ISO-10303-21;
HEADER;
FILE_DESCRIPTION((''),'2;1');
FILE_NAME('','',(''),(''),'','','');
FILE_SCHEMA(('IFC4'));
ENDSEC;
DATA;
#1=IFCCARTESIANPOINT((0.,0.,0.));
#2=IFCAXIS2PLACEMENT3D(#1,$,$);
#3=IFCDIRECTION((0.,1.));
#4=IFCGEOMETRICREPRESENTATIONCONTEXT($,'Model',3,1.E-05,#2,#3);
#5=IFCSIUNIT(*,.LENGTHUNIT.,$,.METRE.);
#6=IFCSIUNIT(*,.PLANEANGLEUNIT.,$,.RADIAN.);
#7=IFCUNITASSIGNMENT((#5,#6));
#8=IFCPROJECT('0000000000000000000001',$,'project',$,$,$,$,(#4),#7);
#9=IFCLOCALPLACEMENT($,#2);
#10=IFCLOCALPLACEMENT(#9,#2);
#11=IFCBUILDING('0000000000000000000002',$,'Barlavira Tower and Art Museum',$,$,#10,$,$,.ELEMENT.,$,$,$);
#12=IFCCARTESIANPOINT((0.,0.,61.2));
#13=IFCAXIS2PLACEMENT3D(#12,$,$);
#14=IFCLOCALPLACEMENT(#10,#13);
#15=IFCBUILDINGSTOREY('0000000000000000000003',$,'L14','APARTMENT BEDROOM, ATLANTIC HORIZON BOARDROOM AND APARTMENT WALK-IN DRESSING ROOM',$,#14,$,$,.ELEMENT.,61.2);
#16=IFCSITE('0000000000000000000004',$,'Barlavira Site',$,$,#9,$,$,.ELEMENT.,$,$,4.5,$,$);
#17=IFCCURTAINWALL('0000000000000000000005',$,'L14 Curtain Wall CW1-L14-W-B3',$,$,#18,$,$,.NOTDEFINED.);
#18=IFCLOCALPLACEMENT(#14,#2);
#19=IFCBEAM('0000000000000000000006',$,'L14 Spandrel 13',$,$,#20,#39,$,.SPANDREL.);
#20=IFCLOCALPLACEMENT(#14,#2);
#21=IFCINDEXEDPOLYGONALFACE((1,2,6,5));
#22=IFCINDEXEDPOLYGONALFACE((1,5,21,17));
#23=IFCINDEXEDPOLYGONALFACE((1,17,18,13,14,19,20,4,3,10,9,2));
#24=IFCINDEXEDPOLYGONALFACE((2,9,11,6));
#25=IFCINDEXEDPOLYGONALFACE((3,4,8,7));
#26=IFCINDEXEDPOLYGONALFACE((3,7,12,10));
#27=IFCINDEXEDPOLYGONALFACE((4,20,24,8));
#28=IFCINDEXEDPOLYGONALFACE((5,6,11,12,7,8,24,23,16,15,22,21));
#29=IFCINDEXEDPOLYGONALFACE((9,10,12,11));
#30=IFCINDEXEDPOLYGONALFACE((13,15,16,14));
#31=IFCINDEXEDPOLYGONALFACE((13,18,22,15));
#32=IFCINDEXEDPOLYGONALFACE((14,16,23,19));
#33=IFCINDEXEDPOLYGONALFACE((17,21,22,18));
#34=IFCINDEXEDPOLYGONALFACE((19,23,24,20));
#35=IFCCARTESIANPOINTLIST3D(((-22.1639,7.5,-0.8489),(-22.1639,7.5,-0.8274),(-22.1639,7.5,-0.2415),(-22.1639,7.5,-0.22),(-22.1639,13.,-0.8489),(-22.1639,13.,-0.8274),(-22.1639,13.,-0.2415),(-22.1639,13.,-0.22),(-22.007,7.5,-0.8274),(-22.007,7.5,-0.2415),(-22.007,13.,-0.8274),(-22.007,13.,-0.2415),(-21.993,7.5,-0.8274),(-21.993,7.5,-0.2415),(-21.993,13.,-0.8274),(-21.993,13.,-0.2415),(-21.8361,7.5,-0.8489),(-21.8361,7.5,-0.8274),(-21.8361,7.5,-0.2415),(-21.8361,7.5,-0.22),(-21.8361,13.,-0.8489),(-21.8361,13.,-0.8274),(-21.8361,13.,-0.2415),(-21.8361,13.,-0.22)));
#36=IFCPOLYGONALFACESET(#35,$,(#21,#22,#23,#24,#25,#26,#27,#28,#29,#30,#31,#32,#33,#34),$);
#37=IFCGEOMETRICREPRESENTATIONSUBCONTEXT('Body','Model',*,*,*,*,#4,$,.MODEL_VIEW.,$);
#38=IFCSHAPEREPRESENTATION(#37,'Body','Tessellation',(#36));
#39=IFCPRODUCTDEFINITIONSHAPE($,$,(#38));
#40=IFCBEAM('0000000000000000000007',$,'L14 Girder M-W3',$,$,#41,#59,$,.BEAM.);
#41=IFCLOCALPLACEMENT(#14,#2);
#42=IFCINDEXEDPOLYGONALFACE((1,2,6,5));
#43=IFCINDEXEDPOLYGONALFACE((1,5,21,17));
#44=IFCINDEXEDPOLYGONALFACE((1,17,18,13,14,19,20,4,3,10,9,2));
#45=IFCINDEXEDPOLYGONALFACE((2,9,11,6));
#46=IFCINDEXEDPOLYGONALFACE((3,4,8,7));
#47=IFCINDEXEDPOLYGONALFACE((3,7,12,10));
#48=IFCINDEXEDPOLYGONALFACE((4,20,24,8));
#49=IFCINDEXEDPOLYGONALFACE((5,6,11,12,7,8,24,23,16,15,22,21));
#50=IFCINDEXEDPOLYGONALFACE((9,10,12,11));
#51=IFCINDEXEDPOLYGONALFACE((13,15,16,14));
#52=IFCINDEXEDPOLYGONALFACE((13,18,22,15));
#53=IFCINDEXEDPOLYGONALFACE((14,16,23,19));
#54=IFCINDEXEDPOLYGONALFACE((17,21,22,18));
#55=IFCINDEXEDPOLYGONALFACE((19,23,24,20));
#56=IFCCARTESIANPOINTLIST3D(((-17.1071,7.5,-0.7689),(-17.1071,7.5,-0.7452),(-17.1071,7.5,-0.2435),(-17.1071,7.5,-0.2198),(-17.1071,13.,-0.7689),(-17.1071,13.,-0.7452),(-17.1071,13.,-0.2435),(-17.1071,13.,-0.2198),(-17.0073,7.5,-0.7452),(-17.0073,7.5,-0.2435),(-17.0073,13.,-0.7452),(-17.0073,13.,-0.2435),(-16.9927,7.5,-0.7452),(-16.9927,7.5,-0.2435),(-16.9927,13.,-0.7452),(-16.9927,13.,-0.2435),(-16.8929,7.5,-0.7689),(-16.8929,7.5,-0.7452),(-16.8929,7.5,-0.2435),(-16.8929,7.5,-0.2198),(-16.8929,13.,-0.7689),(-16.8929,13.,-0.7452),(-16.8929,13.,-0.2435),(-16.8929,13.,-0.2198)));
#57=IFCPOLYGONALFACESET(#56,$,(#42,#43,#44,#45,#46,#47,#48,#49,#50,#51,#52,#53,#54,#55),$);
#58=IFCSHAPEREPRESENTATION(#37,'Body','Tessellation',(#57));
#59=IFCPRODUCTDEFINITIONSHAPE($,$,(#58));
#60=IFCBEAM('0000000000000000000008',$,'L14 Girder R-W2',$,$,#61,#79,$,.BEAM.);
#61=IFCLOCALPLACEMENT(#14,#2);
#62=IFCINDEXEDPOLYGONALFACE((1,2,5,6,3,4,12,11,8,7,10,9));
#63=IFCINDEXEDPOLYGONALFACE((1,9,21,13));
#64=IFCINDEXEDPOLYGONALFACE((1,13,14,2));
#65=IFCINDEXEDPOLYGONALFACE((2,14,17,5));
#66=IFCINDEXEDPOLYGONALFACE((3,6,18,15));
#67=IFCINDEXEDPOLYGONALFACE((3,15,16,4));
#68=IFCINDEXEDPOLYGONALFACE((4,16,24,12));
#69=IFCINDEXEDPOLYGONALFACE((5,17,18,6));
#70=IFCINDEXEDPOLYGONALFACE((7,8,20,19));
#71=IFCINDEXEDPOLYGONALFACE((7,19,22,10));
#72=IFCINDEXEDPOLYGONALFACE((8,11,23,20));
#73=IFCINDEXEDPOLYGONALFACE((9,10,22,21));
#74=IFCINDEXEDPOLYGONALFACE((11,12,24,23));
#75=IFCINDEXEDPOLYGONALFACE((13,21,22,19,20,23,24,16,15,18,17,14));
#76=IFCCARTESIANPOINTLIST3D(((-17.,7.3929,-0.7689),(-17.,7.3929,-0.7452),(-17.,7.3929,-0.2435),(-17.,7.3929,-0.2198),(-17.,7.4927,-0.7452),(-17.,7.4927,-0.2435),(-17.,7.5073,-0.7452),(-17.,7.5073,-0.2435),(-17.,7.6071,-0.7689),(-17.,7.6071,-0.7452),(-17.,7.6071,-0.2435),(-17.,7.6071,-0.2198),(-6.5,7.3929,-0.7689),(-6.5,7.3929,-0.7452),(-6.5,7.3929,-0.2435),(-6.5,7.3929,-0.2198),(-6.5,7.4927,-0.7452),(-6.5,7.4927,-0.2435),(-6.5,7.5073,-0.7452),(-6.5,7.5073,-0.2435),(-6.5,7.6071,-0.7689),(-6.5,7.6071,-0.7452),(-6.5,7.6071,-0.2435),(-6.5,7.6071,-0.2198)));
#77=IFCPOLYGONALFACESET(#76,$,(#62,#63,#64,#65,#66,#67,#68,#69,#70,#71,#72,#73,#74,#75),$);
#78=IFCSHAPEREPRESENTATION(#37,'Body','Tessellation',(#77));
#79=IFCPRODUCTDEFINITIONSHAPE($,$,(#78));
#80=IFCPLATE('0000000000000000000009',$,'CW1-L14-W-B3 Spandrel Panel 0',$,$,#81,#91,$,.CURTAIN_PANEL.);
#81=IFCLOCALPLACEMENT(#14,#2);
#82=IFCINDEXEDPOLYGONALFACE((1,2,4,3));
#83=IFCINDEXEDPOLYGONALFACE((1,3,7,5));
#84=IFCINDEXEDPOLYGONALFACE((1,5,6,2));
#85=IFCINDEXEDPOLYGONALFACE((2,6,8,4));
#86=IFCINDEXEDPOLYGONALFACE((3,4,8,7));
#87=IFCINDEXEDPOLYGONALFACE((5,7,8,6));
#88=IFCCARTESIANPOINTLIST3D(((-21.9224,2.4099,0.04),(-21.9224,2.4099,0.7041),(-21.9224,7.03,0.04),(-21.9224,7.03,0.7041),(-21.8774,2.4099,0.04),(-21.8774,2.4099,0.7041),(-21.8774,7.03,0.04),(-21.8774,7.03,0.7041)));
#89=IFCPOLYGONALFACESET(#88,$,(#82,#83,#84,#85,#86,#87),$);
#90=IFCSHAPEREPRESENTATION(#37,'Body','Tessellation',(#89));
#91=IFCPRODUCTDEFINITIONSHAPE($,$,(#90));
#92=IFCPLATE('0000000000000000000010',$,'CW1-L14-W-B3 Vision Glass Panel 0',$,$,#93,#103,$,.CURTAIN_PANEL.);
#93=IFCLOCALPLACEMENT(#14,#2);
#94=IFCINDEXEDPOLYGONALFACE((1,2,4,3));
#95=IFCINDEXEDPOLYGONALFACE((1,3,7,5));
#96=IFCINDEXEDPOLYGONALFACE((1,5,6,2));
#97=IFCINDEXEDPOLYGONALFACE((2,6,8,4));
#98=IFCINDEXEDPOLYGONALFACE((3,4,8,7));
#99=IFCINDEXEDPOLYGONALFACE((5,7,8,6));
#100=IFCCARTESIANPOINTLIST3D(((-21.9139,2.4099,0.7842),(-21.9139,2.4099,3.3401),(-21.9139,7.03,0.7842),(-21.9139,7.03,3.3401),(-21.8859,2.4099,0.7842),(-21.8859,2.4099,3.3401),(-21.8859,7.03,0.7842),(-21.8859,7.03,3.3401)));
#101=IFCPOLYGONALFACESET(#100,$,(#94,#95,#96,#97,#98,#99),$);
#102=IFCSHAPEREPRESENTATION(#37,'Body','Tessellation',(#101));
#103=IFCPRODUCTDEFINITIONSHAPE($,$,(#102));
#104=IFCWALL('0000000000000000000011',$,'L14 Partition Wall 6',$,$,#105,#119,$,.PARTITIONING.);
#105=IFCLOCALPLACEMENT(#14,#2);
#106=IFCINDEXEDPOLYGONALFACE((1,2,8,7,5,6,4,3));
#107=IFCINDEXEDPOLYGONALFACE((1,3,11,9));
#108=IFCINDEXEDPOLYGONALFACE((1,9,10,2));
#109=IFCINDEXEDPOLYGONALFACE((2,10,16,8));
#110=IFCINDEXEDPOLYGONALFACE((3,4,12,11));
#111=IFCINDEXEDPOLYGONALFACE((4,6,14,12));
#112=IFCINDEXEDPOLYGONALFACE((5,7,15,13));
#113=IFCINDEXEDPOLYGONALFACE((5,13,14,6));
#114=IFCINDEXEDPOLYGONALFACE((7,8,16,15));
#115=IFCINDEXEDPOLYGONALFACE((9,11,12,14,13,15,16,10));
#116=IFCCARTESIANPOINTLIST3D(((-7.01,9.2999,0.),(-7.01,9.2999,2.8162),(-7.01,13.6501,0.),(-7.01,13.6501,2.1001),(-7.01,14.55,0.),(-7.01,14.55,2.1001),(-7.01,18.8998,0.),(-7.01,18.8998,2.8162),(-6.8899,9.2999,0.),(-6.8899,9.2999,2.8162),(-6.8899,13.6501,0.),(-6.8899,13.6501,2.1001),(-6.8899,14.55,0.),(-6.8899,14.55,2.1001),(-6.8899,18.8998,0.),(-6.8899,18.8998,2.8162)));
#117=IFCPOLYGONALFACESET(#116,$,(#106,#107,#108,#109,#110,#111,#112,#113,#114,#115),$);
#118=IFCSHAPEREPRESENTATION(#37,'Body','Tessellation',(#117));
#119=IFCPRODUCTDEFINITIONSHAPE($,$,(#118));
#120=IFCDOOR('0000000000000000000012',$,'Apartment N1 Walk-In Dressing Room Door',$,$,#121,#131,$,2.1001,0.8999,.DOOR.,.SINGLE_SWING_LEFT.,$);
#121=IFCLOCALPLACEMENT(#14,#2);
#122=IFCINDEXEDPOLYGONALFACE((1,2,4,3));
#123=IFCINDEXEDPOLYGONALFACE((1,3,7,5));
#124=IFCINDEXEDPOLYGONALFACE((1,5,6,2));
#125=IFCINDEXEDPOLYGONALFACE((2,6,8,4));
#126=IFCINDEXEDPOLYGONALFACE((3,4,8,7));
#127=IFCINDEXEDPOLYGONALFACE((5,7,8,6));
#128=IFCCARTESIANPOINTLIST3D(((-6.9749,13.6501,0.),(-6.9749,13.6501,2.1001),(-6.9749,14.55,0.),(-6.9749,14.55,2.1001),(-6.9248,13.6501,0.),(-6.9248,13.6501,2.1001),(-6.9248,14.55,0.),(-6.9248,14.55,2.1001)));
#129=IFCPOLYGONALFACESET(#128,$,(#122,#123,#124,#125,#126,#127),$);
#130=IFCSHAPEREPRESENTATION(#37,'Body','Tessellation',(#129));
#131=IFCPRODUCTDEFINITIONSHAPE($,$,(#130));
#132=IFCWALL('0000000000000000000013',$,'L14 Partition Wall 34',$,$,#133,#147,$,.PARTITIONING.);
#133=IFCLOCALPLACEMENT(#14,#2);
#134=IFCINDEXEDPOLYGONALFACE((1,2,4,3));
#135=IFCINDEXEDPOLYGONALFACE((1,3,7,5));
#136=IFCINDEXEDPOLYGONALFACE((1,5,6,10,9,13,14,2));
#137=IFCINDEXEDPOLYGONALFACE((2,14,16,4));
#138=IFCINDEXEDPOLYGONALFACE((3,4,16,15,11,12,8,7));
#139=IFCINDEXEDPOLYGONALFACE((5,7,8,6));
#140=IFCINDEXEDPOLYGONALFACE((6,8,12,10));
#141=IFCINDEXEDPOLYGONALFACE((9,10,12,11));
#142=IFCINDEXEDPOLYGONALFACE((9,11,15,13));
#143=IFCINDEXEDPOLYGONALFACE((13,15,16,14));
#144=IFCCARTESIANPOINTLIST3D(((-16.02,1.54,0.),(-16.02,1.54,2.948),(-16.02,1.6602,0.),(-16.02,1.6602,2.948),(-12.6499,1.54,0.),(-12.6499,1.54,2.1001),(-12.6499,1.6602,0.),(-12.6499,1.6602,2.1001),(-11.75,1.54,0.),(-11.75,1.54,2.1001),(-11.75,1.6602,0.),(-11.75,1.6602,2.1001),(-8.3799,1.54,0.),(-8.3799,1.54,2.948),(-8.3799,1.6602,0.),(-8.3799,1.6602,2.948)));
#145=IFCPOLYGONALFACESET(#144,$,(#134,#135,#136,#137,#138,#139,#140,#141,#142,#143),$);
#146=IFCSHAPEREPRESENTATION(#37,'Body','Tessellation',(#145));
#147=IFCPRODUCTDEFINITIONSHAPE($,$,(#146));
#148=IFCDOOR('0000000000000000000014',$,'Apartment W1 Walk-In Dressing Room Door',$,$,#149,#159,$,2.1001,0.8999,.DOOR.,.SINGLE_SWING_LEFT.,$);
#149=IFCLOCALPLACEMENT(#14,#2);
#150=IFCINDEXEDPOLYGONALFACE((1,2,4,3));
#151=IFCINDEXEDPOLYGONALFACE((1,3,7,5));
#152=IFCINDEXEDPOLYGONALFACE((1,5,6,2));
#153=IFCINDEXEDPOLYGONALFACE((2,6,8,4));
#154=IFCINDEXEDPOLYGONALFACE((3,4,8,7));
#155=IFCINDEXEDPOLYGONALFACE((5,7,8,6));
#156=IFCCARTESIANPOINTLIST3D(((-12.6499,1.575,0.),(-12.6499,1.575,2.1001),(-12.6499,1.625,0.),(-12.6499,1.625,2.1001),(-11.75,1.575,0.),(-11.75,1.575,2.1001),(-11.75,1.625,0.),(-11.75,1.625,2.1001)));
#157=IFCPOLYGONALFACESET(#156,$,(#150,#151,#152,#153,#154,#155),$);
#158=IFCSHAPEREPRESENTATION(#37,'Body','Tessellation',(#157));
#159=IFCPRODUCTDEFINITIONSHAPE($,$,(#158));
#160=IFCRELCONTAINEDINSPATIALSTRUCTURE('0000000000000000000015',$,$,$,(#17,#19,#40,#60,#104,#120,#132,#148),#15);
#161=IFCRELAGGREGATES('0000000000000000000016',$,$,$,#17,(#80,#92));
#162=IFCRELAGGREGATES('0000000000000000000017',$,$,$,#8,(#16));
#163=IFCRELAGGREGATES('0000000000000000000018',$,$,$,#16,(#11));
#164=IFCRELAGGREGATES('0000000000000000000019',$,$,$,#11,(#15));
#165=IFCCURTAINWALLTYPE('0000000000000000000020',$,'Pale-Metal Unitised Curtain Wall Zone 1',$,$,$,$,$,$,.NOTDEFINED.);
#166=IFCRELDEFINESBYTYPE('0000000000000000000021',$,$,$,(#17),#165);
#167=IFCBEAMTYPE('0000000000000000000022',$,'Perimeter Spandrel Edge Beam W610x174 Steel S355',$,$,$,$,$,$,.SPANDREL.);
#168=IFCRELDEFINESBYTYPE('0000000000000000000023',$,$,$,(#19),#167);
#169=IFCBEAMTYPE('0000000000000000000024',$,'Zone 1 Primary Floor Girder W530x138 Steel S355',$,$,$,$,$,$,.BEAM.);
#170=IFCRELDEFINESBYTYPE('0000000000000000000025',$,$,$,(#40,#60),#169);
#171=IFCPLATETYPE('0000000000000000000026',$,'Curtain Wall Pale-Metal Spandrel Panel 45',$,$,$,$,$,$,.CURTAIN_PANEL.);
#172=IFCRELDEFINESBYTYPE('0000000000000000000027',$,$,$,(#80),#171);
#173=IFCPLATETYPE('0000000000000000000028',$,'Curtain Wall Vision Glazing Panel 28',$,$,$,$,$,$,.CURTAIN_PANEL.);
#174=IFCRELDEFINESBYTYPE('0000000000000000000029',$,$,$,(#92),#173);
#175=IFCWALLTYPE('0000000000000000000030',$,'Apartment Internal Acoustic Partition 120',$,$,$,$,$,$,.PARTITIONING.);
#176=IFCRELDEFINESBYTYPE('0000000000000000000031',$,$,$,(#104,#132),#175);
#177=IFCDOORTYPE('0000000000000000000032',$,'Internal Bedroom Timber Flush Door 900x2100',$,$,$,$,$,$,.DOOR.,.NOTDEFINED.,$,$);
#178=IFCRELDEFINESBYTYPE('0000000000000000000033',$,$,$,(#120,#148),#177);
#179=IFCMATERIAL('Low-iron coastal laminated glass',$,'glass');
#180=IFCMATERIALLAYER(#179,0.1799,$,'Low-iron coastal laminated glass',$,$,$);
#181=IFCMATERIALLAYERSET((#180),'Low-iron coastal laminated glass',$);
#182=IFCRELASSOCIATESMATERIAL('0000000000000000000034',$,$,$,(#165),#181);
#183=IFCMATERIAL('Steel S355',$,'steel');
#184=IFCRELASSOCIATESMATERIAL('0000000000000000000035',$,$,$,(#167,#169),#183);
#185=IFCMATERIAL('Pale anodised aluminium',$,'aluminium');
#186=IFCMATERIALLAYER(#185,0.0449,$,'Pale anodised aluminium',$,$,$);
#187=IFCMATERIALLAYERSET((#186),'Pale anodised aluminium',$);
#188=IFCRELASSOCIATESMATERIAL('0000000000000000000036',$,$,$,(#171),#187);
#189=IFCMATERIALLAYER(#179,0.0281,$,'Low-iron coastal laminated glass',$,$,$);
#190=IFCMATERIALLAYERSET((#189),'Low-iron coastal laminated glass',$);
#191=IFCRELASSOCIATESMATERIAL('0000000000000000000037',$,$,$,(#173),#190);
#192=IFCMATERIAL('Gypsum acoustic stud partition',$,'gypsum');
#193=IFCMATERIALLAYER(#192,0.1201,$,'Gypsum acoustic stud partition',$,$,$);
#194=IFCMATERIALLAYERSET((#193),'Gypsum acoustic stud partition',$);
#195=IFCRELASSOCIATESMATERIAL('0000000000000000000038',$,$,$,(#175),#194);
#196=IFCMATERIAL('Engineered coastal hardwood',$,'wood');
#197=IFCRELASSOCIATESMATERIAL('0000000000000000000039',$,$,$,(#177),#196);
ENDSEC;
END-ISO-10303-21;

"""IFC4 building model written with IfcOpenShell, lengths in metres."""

from ifc_helpers import new_model, si_unit, direction, frame, frame_2d, origin, origin_2d, place, context, subcontext, project, spatial, rectangle, i_section, extrude, material, layer, layer_set, material_profile, profile_set, type_object, element, fill, aggregate, save


model = new_model("IFC4")

# Units and contexts
model_context = context("Model", 3, precision=1e-05, world=origin(), true_north=direction((0.0, 1.0)))
body_context = subcontext(model_context, "Body", "Model", "MODEL_VIEW")
ifc_project = project(units=[si_unit("LENGTHUNIT", "METRE"), si_unit("PLANEANGLEUNIT", "RADIAN")], contexts=[model_context])

# Site, building, storey
site_placement = place(None, origin())
site = spatial("IfcSite", under=ifc_project, at=site_placement, Name="Barlavira Site", CompositionType="ELEMENT", RefElevation=4.5)
building_placement = place(site_placement, origin())
building = spatial("IfcBuilding", under=site, at=building_placement, Name="Barlavira Tower and Art Museum", CompositionType="ELEMENT")
storey_placement = place(building_placement, frame((0.0, 0.0, 61.2)))
storey = spatial("IfcBuildingStorey", under=building, at=storey_placement, Name="L14", Description="APARTMENT BEDROOM, ATLANTIC HORIZON BOARDROOM AND APARTMENT WALK-IN DRESSING ROOM", CompositionType="ELEMENT", Elevation=61.2)

# Curtain wall
ifc_material_1 = material(Name="Low-iron coastal laminated glass", Category="glass")
ifc_layer_1 = layer(ifc_material_1, 0.1799, Name="Low-iron coastal laminated glass")
ifc_layer_set_1 = layer_set([ifc_layer_1], Name="Low-iron coastal laminated glass")
curtain_wall_type = type_object("IfcCurtainWallType", Name="Pale-Metal Unitised Curtain Wall Zone 1", PredefinedType="NOTDEFINED", material=ifc_layer_set_1)
curtain_wall_placement = place(storey_placement, origin())
curtain_wall = element("IfcCurtainWall", 1, at=curtain_wall_placement, inside=storey, type_object=curtain_wall_type, Name="L14 Curtain Wall CW1-L14-W-B3", PredefinedType="NOTDEFINED")
ifc_material_2 = material(Name="Pale anodised aluminium", Category="aluminium")

# Beams
ifc_material_3 = material(Name="Steel S355", Category="steel")
ifc_material_profile_1 = material_profile(ifc_material_3, i_section(OverallWidth=0.3279, OverallDepth=0.6289, WebThickness=0.0139, FlangeThickness=0.0215, at=origin_2d()), Name="W610x174.0")
ifc_profile_set_1 = profile_set([ifc_material_profile_1], Name="Steel S355")
beam_type_1 = type_object("IfcBeamType", Name="Perimeter Spandrel Edge Beam W610x174 Steel S355", PredefinedType="SPANDREL", material=ifc_profile_set_1)
beam_1_placement = place(storey_placement, frame((-22.0, 7.5, -0.5344), z_axis=(0.0, 1.0, 0.0), x_axis=(-1.0, 0.0, 0.0)))
element("IfcBeam", 2, at=beam_1_placement, inside=storey, type_object=beam_type_1, Name="L14 Spandrel 13", PredefinedType="SPANDREL", context=body_context, shape_type="SweptSolid", body=[
    extrude(i_section(OverallWidth=0.3279, OverallDepth=0.6289, WebThickness=0.0139, FlangeThickness=0.0215, at=origin_2d()), origin(), (0.0, 0.0, 1.0), 5.5),
])
ifc_material_profile_2 = material_profile(ifc_material_3, i_section(OverallWidth=0.2141, OverallDepth=0.5491, WebThickness=0.0146, FlangeThickness=0.0237, at=origin_2d()), Name="W530x138.0")
ifc_profile_set_2 = profile_set([ifc_material_profile_2], Name="Steel S355")
beam_type_2 = type_object("IfcBeamType", Name="Zone 1 Primary Floor Girder W530x138 Steel S355", PredefinedType="BEAM", material=ifc_profile_set_2)
beam_2_placement = place(storey_placement, frame((-17.0, 7.5, -0.4944), z_axis=(0.0, 1.0, 0.0), x_axis=(-1.0, 0.0, 0.0)))
element("IfcBeam", 3, at=beam_2_placement, inside=storey, type_object=beam_type_2, Name="L14 Girder M-W3", PredefinedType="BEAM", context=body_context, shape_type="SweptSolid", body=[
    extrude(i_section(OverallWidth=0.2141, OverallDepth=0.5491, WebThickness=0.0146, FlangeThickness=0.0237, at=origin_2d()), origin(), (0.0, 0.0, 1.0), 5.5),
])
beam_3_placement = place(storey_placement, frame((-17.0, 7.5, -0.4944), z_axis=(1.0, 0.0, 0.0), x_axis=(0.0, 1.0, 0.0)))
element("IfcBeam", 4, at=beam_3_placement, inside=storey, type_object=beam_type_2, Name="L14 Girder R-W2", PredefinedType="BEAM", context=body_context, shape_type="SweptSolid", body=[
    extrude(i_section(OverallWidth=0.2141, OverallDepth=0.5491, WebThickness=0.0146, FlangeThickness=0.0237, at=origin_2d()), origin(), (0.0, 0.0, 1.0), 10.5),
])

# Plates
ifc_layer_2 = layer(ifc_material_2, 0.0449, Name="Pale anodised aluminium")
ifc_layer_set_2 = layer_set([ifc_layer_2], Name="Pale anodised aluminium")
plate_type_1 = type_object("IfcPlateType", Name="Curtain Wall Pale-Metal Spandrel Panel 45", PredefinedType="CURTAIN_PANEL", material=ifc_layer_set_2)
plate_1_placement = place(storey_placement, frame((-21.8999, 4.72, 0.04), z_axis=(0.0, 0.0, 1.0), x_axis=(0.0, -1.0, 0.0)))
plate_1 = element("IfcPlate", 5, at=plate_1_placement, type_object=plate_type_1, Name="CW1-L14-W-B3 Spandrel Panel 0", PredefinedType="CURTAIN_PANEL", context=body_context, shape_type="SweptSolid", body=[
    extrude(rectangle(XDim=4.6201, YDim=0.0449, at=origin_2d()), origin(), (0.0, 0.0, 1.0), 0.6641),
])
ifc_layer_3 = layer(ifc_material_1, 0.0281, Name="Low-iron coastal laminated glass")
ifc_layer_set_3 = layer_set([ifc_layer_3], Name="Low-iron coastal laminated glass")
plate_type_2 = type_object("IfcPlateType", Name="Curtain Wall Vision Glazing Panel 28", PredefinedType="CURTAIN_PANEL", material=ifc_layer_set_3)
plate_2_placement = place(storey_placement, frame((-21.8999, 4.72, 0.7842), z_axis=(0.0, 0.0, 1.0), x_axis=(0.0, -1.0, 0.0)))
plate_2 = element("IfcPlate", 6, at=plate_2_placement, type_object=plate_type_2, Name="CW1-L14-W-B3 Vision Glass Panel 0", PredefinedType="CURTAIN_PANEL", context=body_context, shape_type="SweptSolid", body=[
    extrude(rectangle(XDim=4.6201, YDim=0.0281, at=origin_2d()), origin(), (0.0, 0.0, 1.0), 2.5559),
])
aggregate(curtain_wall, [plate_1, plate_2])

# Walls, openings, doors
ifc_material_4 = material(Name="Gypsum acoustic stud partition", Category="gypsum")
ifc_layer_4 = layer(ifc_material_4, 0.1201, Name="Gypsum acoustic stud partition")
ifc_layer_set_4 = layer_set([ifc_layer_4], Name="Gypsum acoustic stud partition")
wall_type_1 = type_object("IfcWallType", Name="Apartment Internal Acoustic Partition 120", PredefinedType="PARTITIONING", material=ifc_layer_set_4)
wall_1_placement = place(storey_placement, frame((-6.95, 9.3, 0.0), z_axis=(0.0, 0.0, 1.0), x_axis=(0.0, 1.0, 0.0)))
wall_1 = element("IfcWall", 7, at=wall_1_placement, inside=storey, type_object=wall_type_1, Name="L14 Partition Wall 6", PredefinedType="PARTITIONING", context=body_context, shape_type="SweptSolid", body=[
    extrude(rectangle(XDim=9.5999, YDim=0.1201, at=frame_2d((4.7998, 0.0))), origin(), (0.0, 0.0, 1.0), 2.8162),
])
opening_1_placement = place(wall_1_placement, frame((4.3501, 0.0, 0.0)))
opening_1 = element("IfcOpeningElement", 8, at=opening_1_placement, cuts=wall_1, PredefinedType="OPENING", context=body_context, shape_type="SweptSolid", body=[
    extrude(rectangle(XDim=0.8999, YDim=2.1001, at=frame_2d((0.45, 1.05))), frame((0.0, 0.0701, 0.0), z_axis=(0.0, -1.0, 0.0), x_axis=(1.0, 0.0, 0.0)), (0.0, 0.0, 1.0), 0.1401),
])
ifc_material_5 = material(Name="Engineered coastal hardwood", Category="wood")
door_type = type_object("IfcDoorType", Name="Internal Bedroom Timber Flush Door 900x2100", OperationType="NOTDEFINED", PredefinedType="DOOR", material=ifc_material_5)
door_1_placement = place(opening_1_placement, origin())
door_1 = element("IfcDoor", 9, at=door_1_placement, inside=storey, type_object=door_type, Name="Apartment N1 Walk-In Dressing Room Door", OperationType="SINGLE_SWING_LEFT", OverallHeight=2.1001, OverallWidth=0.8999, PredefinedType="DOOR", context=body_context, shape_type="SweptSolid", body=[
    extrude(rectangle(XDim=0.8999, YDim=2.1001, at=frame_2d((0.45, 1.05))), frame((0.0, 0.0249, 0.0), z_axis=(0.0, -1.0, 0.0), x_axis=(1.0, 0.0, 0.0)), (0.0, 0.0, 1.0), 0.05),
])
fill(opening_1, door_1)
wall_2_placement = place(storey_placement, frame((-16.02, 1.6001, 0.0), z_axis=(0.0, 0.0, 1.0), x_axis=(1.0, 0.0, 0.0)))
wall_2 = element("IfcWall", 10, at=wall_2_placement, inside=storey, type_object=wall_type_1, Name="L14 Partition Wall 34", PredefinedType="PARTITIONING", context=body_context, shape_type="SweptSolid", body=[
    extrude(rectangle(XDim=7.6401, YDim=0.1201, at=frame_2d((3.8201, 0.0))), origin(), (0.0, 0.0, 1.0), 2.948),
])
opening_2_placement = place(wall_2_placement, frame((3.3701, 0.0, 0.0)))
opening_2 = element("IfcOpeningElement", 11, at=opening_2_placement, cuts=wall_2, PredefinedType="OPENING", context=body_context, shape_type="SweptSolid", body=[
    extrude(rectangle(XDim=0.8999, YDim=2.1001, at=frame_2d((0.45, 1.05))), frame((0.0, 0.0701, 0.0), z_axis=(0.0, -1.0, 0.0), x_axis=(1.0, 0.0, 0.0)), (0.0, 0.0, 1.0), 0.1401),
])
door_2_placement = place(opening_2_placement, origin())
door_2 = element("IfcDoor", 12, at=door_2_placement, inside=storey, type_object=door_type, Name="Apartment W1 Walk-In Dressing Room Door", OperationType="SINGLE_SWING_LEFT", OverallHeight=2.1001, OverallWidth=0.8999, PredefinedType="DOOR", context=body_context, shape_type="SweptSolid", body=[
    extrude(rectangle(XDim=0.8999, YDim=2.1001, at=frame_2d((0.45, 1.05))), frame((0.0, 0.0249, 0.0), z_axis=(0.0, -1.0, 0.0), x_axis=(1.0, 0.0, 0.0)), (0.0, 0.0, 1.0), 0.05),
])
fill(opening_2, door_2)

save(model, "model.ifc")
